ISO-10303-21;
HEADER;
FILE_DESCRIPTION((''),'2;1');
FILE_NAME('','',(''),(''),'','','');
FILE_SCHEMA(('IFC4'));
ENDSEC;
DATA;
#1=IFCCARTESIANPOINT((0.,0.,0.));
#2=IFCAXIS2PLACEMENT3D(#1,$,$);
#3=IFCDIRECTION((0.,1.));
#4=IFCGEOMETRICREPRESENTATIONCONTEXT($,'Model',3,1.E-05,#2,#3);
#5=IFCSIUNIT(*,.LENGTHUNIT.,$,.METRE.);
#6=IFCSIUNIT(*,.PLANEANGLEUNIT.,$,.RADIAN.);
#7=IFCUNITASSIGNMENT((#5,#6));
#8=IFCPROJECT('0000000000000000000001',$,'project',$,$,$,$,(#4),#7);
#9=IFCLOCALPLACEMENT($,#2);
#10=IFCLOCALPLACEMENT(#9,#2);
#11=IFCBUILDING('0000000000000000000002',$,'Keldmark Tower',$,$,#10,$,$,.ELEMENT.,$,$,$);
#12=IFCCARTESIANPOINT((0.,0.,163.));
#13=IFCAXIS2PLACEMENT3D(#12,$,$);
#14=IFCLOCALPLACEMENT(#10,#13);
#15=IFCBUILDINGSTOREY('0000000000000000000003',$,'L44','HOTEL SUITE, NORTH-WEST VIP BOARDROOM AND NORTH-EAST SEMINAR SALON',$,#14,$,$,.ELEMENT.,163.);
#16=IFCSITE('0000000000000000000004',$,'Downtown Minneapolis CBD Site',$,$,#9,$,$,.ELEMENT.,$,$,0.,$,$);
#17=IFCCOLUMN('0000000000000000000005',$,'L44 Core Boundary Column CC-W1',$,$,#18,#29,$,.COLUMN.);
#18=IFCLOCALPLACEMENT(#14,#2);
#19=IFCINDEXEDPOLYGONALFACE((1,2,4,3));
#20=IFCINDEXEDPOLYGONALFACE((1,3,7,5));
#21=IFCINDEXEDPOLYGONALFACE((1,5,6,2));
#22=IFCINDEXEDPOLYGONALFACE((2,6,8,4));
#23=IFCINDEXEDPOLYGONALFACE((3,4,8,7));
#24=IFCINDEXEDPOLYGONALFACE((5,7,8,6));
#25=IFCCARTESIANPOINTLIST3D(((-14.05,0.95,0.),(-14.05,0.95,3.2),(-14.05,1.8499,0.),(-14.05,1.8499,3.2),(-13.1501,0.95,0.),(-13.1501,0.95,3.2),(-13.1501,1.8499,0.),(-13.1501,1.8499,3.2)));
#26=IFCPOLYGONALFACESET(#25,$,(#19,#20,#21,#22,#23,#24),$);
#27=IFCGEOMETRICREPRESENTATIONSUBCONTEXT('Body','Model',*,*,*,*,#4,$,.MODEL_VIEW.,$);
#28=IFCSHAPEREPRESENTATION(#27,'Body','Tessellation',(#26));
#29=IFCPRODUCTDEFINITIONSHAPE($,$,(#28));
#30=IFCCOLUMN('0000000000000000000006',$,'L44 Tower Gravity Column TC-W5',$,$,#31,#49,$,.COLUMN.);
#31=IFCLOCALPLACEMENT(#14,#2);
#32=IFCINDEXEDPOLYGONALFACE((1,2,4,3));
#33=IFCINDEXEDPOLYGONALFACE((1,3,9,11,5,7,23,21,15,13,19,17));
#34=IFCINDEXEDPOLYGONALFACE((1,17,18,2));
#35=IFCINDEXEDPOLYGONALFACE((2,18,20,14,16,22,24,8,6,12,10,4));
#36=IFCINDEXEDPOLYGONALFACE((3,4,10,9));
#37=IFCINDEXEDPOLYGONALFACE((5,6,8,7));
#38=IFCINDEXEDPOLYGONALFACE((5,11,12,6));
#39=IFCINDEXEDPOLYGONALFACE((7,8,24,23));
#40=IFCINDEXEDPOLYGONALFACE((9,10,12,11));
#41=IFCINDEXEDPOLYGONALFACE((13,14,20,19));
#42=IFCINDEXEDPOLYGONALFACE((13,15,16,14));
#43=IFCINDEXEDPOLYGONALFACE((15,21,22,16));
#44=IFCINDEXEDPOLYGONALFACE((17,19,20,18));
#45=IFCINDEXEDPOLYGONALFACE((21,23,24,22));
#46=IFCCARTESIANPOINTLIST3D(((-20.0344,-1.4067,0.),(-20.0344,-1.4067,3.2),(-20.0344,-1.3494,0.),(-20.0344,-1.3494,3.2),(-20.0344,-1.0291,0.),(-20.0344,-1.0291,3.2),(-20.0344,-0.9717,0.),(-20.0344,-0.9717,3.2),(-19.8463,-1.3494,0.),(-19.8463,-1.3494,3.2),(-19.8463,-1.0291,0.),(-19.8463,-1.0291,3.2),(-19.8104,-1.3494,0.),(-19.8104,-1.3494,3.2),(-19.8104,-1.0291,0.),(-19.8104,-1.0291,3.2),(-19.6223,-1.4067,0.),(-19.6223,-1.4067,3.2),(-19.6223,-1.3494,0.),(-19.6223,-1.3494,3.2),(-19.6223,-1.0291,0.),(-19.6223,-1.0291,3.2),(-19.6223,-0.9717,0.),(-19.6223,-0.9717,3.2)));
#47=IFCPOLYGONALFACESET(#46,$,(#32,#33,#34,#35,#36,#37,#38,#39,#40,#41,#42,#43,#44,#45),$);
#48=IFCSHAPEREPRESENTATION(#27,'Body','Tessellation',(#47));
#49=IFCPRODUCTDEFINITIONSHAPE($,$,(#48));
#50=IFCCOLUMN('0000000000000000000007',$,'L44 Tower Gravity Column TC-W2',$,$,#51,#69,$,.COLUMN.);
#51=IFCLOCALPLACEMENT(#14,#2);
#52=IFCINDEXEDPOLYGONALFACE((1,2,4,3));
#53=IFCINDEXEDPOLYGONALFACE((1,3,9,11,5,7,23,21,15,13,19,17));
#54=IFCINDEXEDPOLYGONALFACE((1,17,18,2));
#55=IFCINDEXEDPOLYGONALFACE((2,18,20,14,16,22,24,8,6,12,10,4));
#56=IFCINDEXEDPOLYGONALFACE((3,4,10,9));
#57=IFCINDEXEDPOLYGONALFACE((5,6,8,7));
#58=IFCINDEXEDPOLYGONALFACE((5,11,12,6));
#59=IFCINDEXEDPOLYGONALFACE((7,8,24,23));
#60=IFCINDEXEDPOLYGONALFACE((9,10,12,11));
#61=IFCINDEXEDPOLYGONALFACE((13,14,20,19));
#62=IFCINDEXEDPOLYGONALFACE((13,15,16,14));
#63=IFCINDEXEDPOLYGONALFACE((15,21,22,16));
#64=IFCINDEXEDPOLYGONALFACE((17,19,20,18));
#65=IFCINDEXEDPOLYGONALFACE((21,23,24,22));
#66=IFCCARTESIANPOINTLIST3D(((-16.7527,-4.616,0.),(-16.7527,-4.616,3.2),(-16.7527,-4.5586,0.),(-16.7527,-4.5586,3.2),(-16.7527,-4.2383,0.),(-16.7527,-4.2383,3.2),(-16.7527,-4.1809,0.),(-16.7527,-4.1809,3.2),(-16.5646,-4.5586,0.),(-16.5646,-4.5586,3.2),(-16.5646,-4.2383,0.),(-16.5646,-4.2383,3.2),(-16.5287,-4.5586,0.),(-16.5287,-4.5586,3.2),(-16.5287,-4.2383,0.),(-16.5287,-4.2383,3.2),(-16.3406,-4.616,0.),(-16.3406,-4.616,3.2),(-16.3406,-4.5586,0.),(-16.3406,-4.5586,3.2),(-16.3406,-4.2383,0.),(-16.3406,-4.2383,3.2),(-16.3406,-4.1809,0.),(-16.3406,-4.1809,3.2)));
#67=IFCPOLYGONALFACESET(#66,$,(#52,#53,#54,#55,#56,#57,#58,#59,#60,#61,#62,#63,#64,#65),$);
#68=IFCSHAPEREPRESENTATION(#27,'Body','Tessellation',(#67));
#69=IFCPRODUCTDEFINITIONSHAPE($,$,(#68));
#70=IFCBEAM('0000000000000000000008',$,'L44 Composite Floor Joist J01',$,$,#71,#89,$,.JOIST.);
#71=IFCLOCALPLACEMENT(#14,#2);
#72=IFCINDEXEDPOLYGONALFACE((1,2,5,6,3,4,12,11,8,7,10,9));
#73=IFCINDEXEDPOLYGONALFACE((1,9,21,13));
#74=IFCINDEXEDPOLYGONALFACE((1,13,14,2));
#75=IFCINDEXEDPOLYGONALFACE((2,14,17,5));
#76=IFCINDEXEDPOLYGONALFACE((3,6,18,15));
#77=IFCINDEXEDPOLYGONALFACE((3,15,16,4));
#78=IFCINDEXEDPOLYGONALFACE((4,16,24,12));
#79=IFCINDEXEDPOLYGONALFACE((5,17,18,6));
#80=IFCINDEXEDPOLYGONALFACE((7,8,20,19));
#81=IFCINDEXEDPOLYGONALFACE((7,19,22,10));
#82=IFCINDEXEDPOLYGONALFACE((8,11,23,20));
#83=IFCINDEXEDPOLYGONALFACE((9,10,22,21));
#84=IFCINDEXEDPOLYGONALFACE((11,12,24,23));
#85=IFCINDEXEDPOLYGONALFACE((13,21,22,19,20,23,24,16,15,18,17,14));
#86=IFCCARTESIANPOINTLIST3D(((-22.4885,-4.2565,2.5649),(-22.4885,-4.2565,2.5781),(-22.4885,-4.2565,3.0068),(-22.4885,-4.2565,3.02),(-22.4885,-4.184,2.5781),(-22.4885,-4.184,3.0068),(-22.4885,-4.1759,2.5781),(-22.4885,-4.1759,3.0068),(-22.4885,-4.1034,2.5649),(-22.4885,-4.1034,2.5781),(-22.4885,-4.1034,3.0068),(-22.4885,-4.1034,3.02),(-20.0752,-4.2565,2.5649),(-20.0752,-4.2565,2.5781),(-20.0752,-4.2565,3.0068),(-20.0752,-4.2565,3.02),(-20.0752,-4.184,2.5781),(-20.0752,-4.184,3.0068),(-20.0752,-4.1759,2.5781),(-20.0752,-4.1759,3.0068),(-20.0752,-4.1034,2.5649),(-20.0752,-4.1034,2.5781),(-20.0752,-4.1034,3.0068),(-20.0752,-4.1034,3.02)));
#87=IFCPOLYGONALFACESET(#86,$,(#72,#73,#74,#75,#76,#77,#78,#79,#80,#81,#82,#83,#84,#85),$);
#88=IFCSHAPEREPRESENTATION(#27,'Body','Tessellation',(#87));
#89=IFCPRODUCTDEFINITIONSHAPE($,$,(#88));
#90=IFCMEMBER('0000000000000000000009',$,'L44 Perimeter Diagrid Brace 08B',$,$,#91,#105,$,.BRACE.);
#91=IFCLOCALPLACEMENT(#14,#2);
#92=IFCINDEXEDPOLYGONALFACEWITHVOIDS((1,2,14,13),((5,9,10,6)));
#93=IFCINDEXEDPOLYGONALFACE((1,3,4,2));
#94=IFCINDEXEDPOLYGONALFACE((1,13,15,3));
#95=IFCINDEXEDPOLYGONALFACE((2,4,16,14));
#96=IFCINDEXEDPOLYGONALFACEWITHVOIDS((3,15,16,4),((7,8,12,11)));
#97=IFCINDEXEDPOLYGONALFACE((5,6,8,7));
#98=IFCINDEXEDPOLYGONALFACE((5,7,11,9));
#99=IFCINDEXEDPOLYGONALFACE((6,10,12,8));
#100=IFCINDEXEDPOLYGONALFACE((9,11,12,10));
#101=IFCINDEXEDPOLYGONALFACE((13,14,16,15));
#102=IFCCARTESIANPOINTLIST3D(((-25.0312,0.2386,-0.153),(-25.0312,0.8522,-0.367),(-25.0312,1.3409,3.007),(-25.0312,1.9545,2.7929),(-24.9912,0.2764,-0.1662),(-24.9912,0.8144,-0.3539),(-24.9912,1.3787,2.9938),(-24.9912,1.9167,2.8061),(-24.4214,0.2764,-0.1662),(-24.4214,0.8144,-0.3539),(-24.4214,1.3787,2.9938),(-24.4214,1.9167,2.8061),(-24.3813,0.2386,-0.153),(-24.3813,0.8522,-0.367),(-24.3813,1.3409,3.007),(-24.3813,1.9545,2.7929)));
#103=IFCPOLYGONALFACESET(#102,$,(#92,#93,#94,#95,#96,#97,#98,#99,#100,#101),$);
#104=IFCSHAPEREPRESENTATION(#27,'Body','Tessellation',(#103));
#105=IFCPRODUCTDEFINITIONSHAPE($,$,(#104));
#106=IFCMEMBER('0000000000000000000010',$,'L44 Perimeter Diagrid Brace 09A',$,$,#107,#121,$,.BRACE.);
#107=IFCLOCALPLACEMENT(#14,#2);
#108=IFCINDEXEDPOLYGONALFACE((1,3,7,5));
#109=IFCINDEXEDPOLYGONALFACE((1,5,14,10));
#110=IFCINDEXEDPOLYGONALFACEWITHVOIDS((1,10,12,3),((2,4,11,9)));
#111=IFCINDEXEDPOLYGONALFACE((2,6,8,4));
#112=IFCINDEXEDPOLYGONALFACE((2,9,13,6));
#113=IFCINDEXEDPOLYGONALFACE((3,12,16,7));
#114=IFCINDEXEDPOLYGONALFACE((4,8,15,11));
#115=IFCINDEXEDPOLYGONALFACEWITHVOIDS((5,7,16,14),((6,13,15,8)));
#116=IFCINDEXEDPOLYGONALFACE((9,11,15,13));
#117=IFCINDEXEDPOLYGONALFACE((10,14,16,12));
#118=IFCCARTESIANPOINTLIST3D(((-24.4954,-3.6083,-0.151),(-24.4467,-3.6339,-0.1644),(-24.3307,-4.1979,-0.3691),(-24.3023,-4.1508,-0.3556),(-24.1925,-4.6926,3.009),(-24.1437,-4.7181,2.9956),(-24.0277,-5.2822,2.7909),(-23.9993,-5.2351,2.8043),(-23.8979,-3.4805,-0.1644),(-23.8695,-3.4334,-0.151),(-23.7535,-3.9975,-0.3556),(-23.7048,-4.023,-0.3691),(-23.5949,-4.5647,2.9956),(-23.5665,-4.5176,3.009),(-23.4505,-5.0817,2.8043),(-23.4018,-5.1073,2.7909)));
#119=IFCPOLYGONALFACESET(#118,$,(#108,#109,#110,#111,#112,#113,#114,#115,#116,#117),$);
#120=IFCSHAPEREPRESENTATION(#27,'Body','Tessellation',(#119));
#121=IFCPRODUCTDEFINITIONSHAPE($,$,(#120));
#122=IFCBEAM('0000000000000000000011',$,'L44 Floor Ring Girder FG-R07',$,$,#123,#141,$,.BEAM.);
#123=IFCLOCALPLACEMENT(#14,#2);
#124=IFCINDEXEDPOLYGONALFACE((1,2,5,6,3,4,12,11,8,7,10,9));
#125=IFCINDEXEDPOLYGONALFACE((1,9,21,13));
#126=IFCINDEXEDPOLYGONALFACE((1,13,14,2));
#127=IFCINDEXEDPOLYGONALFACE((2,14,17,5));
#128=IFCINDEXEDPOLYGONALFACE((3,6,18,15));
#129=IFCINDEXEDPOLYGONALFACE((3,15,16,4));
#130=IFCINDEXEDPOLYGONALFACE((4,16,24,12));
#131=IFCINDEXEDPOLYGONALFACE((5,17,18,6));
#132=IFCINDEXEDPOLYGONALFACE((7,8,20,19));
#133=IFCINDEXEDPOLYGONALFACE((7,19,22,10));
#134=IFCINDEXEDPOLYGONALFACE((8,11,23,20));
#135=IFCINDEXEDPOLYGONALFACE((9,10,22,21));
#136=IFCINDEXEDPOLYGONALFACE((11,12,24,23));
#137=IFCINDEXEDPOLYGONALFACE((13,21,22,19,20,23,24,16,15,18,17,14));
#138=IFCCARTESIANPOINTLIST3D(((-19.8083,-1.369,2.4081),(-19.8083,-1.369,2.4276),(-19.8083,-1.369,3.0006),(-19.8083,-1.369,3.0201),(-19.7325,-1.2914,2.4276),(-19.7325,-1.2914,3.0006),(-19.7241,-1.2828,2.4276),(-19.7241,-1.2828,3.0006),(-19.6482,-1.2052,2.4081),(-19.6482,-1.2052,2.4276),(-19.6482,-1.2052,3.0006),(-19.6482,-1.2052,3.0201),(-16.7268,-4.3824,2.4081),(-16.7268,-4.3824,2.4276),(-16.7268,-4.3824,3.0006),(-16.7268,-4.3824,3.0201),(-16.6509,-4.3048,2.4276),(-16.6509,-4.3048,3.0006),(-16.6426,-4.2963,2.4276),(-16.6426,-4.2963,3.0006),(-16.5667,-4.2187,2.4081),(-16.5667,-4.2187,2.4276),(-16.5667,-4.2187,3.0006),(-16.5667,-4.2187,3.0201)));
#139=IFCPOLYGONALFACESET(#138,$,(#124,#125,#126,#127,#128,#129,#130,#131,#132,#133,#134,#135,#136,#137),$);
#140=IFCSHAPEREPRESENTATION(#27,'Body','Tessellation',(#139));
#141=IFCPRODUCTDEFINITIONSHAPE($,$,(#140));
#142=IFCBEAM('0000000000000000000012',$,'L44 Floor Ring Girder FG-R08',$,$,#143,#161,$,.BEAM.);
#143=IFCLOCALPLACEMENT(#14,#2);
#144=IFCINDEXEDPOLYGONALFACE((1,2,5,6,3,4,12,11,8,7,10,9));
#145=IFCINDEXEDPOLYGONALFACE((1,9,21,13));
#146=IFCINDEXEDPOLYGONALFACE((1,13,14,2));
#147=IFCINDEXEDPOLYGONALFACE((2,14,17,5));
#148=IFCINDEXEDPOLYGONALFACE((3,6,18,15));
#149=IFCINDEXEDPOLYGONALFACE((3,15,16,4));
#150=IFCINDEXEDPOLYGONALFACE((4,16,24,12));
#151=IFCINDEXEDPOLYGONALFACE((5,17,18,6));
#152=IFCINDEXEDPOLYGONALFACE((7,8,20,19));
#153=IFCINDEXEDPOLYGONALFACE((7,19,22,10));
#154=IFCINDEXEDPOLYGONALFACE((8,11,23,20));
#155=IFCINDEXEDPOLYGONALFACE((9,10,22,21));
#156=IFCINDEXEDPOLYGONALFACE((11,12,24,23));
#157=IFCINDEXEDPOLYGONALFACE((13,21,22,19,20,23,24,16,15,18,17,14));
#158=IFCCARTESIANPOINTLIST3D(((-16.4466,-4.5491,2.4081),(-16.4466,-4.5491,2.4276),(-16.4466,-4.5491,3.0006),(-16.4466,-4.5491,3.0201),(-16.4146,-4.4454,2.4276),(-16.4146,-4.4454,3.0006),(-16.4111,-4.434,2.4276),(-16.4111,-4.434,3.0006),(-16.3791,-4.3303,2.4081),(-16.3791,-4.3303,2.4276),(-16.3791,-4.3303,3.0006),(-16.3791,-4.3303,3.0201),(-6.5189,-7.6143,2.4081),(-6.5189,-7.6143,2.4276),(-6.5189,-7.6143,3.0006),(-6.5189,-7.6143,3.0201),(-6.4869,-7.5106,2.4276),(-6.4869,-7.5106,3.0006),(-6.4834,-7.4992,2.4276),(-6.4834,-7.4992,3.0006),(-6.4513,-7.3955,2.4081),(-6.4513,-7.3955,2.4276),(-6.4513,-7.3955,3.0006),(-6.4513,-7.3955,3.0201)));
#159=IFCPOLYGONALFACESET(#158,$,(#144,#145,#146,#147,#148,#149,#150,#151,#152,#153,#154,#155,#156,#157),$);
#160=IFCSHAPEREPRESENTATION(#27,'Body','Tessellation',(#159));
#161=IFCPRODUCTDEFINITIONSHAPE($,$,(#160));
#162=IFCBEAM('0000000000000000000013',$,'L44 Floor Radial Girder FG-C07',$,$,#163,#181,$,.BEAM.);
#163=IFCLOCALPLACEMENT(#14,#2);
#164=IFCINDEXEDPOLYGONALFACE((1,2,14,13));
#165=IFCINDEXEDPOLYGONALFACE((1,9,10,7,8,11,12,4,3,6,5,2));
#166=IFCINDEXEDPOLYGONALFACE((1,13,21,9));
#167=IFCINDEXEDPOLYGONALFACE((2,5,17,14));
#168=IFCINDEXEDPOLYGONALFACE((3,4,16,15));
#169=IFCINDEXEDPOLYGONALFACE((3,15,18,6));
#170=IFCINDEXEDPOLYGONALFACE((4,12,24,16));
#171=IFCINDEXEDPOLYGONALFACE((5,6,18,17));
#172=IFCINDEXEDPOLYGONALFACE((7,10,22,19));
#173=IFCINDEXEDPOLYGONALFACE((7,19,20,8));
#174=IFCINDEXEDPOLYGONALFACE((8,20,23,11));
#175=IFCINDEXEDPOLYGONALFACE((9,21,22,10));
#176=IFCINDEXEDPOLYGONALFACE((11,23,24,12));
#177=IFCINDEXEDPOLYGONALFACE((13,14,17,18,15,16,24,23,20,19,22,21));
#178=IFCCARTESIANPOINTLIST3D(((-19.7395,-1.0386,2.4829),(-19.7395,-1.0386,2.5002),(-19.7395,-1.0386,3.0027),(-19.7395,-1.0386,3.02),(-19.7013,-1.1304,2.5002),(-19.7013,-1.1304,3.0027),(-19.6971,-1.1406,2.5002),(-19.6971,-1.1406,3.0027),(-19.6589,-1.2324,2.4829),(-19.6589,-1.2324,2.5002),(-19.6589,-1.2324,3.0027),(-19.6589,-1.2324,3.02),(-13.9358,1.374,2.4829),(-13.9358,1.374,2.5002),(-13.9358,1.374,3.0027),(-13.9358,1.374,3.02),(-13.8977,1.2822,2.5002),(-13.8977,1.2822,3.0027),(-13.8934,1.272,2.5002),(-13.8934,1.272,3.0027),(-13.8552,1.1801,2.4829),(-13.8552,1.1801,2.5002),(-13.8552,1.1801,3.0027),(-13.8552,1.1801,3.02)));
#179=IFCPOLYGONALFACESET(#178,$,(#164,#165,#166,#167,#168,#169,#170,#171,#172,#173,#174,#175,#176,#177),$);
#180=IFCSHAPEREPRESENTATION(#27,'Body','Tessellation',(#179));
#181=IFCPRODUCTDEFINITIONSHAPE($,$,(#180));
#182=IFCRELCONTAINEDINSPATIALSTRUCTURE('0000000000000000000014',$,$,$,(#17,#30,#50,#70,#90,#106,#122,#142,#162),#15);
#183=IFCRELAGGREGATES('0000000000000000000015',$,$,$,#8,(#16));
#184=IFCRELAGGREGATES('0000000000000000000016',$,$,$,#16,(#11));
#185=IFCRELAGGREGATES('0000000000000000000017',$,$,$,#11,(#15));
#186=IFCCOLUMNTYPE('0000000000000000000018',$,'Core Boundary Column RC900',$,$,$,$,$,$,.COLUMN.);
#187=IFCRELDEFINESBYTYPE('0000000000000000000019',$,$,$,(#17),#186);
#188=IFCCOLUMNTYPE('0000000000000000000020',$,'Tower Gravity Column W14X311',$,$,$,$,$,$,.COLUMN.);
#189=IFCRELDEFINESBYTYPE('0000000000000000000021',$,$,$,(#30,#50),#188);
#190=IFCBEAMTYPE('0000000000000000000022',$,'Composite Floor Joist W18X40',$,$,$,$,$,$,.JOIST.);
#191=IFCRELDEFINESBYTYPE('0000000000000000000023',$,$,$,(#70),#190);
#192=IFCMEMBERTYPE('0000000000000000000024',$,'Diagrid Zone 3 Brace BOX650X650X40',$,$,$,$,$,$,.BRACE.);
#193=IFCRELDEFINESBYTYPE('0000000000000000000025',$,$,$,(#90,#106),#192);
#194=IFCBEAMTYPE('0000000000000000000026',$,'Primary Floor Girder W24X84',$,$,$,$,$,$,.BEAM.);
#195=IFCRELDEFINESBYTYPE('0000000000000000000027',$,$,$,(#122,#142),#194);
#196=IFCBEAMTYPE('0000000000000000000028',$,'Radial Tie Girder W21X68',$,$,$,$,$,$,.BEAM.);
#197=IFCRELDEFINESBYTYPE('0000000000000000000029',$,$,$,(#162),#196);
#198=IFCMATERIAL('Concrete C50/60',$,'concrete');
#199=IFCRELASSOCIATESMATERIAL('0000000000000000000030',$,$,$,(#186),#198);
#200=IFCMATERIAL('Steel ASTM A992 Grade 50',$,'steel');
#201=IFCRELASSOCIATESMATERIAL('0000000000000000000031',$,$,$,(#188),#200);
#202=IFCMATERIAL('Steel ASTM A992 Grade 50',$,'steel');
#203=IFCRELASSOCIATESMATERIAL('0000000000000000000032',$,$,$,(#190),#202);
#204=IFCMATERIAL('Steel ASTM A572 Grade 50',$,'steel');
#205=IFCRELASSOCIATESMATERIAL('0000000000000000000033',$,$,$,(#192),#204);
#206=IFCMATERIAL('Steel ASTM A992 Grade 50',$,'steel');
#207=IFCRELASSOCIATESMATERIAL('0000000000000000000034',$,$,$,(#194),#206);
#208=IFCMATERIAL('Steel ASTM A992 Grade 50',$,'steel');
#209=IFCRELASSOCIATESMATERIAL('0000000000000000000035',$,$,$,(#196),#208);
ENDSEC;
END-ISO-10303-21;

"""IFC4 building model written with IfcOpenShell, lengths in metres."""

from ifc_helpers import new_model, si_unit, direction, frame, origin, origin_2d, place, context, subcontext, project, spatial, rectangle, hollow_rectangle, i_section, extrude, material, material_profile, profile_set, type_object, element, save


model = new_model("IFC4")

# Units and contexts
model_context = context("Model", 3, precision=1e-05, world=origin(), true_north=direction((0.0, 1.0)))
body_context = subcontext(model_context, "Body", "Model", "MODEL_VIEW")
ifc_project = project(units=[si_unit("LENGTHUNIT", "METRE"), si_unit("PLANEANGLEUNIT", "RADIAN")], contexts=[model_context])

# Site, building, storey
site_placement = place(None, origin())
site = spatial("IfcSite", under=ifc_project, at=site_placement, Name="Downtown Minneapolis CBD Site", CompositionType="ELEMENT", RefElevation=0.0)
building_placement = place(site_placement, origin())
building = spatial("IfcBuilding", under=site, at=building_placement, Name="Keldmark Tower", CompositionType="ELEMENT")
storey_placement = place(building_placement, frame((0.0, 0.0, 163.0)))
storey = spatial("IfcBuildingStorey", under=building, at=storey_placement, Name="L44", Description="HOTEL SUITE, NORTH-WEST VIP BOARDROOM AND NORTH-EAST SEMINAR SALON", CompositionType="ELEMENT", Elevation=163.0)

# Columns
ifc_material_1 = material(Name="Concrete C50/60", Category="concrete")
ifc_material_profile_1 = material_profile(ifc_material_1, rectangle(XDim=0.8999, YDim=0.8999, at=origin_2d()), Name="RC900X900")
ifc_profile_set_1 = profile_set([ifc_material_profile_1], Name="Concrete C50/60")
column_type_1 = type_object("IfcColumnType", Name="Core Boundary Column RC900", PredefinedType="COLUMN", material=ifc_profile_set_1)
column_placement = place(storey_placement, frame((-13.6001, 1.3999, 0.0), z_axis=(0.0, 0.0, 1.0), x_axis=(1.0, 0.0, 0.0)))
element("IfcColumn", 1, at=column_placement, inside=storey, type_object=column_type_1, Name="L44 Core Boundary Column CC-W1", PredefinedType="COLUMN", context=body_context, shape_type="SweptSolid", body=[
    extrude(rectangle(XDim=0.8999, YDim=0.8999, at=origin_2d()), origin(), (0.0, 0.0, 1.0), 3.2),
])
ifc_material_2 = material(Name="Steel ASTM A992 Grade 50", Category="steel")
ifc_material_profile_2 = material_profile(ifc_material_2, i_section(OverallWidth=0.4121, OverallDepth=0.4351, WebThickness=0.0359, FlangeThickness=0.0574, at=origin_2d()), Name="W14X311")
ifc_profile_set_2 = profile_set([ifc_material_profile_2], Name="Steel ASTM A992 Grade 50")
column_type_2 = type_object("IfcColumnType", Name="Tower Gravity Column W14X311", PredefinedType="COLUMN", material=ifc_profile_set_2)
for number, where, z_axis, x_axis, name in (
    (2, (-19.8284, -1.1892, 0.0), (0.0, 0.0, 1.0), (1.0, 0.0, 0.0), "L44 Tower Gravity Column TC-W5"),
    (3, (-16.5466, -4.3984, 0.0), (0.0, 0.0, 1.0), (1.0, 0.0, 0.0), "L44 Tower Gravity Column TC-W2"),
):
    element("IfcColumn", number, at=place(storey_placement, frame(where, z_axis=z_axis, x_axis=x_axis)), inside=storey, type_object=column_type_2, Name=name, PredefinedType="COLUMN", context=body_context, shape_type="SweptSolid", body=[
        extrude(i_section(OverallWidth=0.4121, OverallDepth=0.4351, WebThickness=0.0359, FlangeThickness=0.0574, at=origin_2d()), origin(), (0.0, 0.0, 1.0), 3.2),
    ])

# Beam
ifc_material_3 = material(Name="Steel ASTM A992 Grade 50", Category="steel")
ifc_material_profile_3 = material_profile(ifc_material_3, i_section(OverallWidth=0.1531, OverallDepth=0.4551, WebThickness=0.0081, FlangeThickness=0.0132, at=origin_2d()), Name="W18X40")
ifc_profile_set_3 = profile_set([ifc_material_profile_3], Name="Steel ASTM A992 Grade 50")
beam_type_1 = type_object("IfcBeamType", Name="Composite Floor Joist W18X40", PredefinedType="JOIST", material=ifc_profile_set_3)
beam_1_placement = place(storey_placement, frame((-22.4885, -4.1799, 2.7925), z_axis=(1.0, 0.0, 0.0), x_axis=(0.0, 1.0, 0.0)))
element("IfcBeam", 4, at=beam_1_placement, inside=storey, type_object=beam_type_1, Name="L44 Composite Floor Joist J01", PredefinedType="JOIST", context=body_context, shape_type="SweptSolid", body=[
    extrude(i_section(OverallWidth=0.1531, OverallDepth=0.4551, WebThickness=0.0081, FlangeThickness=0.0132, at=origin_2d()), origin(), (0.0, 0.0, 1.0), 2.4133),
])

# Members
ifc_material_4 = material(Name="Steel ASTM A572 Grade 50", Category="steel")
ifc_material_profile_4 = material_profile(ifc_material_4, hollow_rectangle(XDim=0.6499, YDim=0.6499, WallThickness=0.04, at=origin_2d()), Name="BOX650X650X40")
ifc_profile_set_4 = profile_set([ifc_material_profile_4], Name="Steel ASTM A572 Grade 50")
member_type = type_object("IfcMemberType", Name="Diagrid Zone 3 Brace BOX650X650X40", PredefinedType="BRACE", material=ifc_profile_set_4)
member_1_placement = place(storey_placement, frame((-24.7063, 0.5454, -0.26), z_axis=(0.0, 0.329372, 0.9442), x_axis=(-1.0, 0.0, 0.0)))
element("IfcMember", 5, at=member_1_placement, inside=storey, type_object=member_type, Name="L44 Perimeter Diagrid Brace 08B", PredefinedType="BRACE", context=body_context, shape_type="SweptSolid", body=[
    extrude(hollow_rectangle(XDim=0.6499, YDim=0.6499, WallThickness=0.04, at=origin_2d()), origin(), (0.0, 0.0, 1.0), 3.3467),
])
member_2_placement = place(storey_placement, frame((-24.1001, -3.8157, -0.26), z_axis=(0.090321, -0.32322, 0.942004), x_axis=(0.963104, 0.269131, 0.0)))
element("IfcMember", 6, at=member_2_placement, inside=storey, type_object=member_type, Name="L44 Perimeter Diagrid Brace 09A", PredefinedType="BRACE", context=body_context, shape_type="SweptSolid", body=[
    extrude(hollow_rectangle(XDim=0.6499, YDim=0.6499, WallThickness=0.04, at=origin_2d()), origin(), (0.0, 0.0, 1.0), 3.3545),
])

# Beams
ifc_material_5 = material(Name="Steel ASTM A992 Grade 50", Category="steel")
ifc_material_profile_5 = material_profile(ifc_material_5, i_section(OverallWidth=0.229, OverallDepth=0.6121, WebThickness=0.012, FlangeThickness=0.0195, at=origin_2d()), Name="W24X84")
ifc_profile_set_5 = profile_set([ifc_material_profile_5], Name="Steel ASTM A992 Grade 50")
beam_type_2 = type_object("IfcBeamType", Name="Primary Floor Girder W24X84", PredefinedType="BEAM", material=ifc_profile_set_5)
beam_2_placement = place(storey_placement, frame((-19.7283, -1.2871, 2.7141), z_axis=(0.714965, -0.699161, 0.0), x_axis=(0.699161, 0.714965, 0.0)))
element("IfcBeam", 7, at=beam_2_placement, inside=storey, type_object=beam_type_2, Name="L44 Floor Ring Girder FG-R07", PredefinedType="BEAM", context=body_context, shape_type="SweptSolid", body=[
    extrude(i_section(OverallWidth=0.229, OverallDepth=0.6121, WebThickness=0.012, FlangeThickness=0.0195, at=origin_2d()), origin(), (0.0, 0.0, 1.0), 4.3101),
])
beam_3_placement = place(storey_placement, frame((-16.4128, -4.4397, 2.7141), z_axis=(0.955495, -0.295009, 0.0), x_axis=(0.295009, 0.955495, 0.0)))
element("IfcBeam", 8, at=beam_3_placement, inside=storey, type_object=beam_type_2, Name="L44 Floor Ring Girder FG-R08", PredefinedType="BEAM", context=body_context, shape_type="SweptSolid", body=[
    extrude(i_section(OverallWidth=0.229, OverallDepth=0.6121, WebThickness=0.012, FlangeThickness=0.0195, at=origin_2d()), origin(), (0.0, 0.0, 1.0), 10.3901),
])
ifc_material_6 = material(Name="Steel ASTM A992 Grade 50", Category="steel")
ifc_material_profile_6 = material_profile(ifc_material_6, i_section(OverallWidth=0.21, OverallDepth=0.5371, WebThickness=0.011, FlangeThickness=0.0173, at=origin_2d()), Name="W21X68")
ifc_profile_set_6 = profile_set([ifc_material_profile_6], Name="Steel ASTM A992 Grade 50")
beam_type_3 = type_object("IfcBeamType", Name="Radial Tie Girder W21X68", PredefinedType="BEAM", material=ifc_profile_set_6)
beam_4_placement = place(storey_placement, frame((-19.6992, -1.1355, 2.7515), z_axis=(0.923394, 0.383854, 0.0), x_axis=(-0.383854, 0.923394, 0.0)))
element("IfcBeam", 9, at=beam_4_placement, inside=storey, type_object=beam_type_3, Name="L44 Floor Radial Girder FG-C07", PredefinedType="BEAM", context=body_context, shape_type="SweptSolid", body=[
    extrude(i_section(OverallWidth=0.21, OverallDepth=0.5371, WebThickness=0.011, FlangeThickness=0.0173, at=origin_2d()), origin(), (0.0, 0.0, 1.0), 6.2852),
])

save(model, "model.ifc")
